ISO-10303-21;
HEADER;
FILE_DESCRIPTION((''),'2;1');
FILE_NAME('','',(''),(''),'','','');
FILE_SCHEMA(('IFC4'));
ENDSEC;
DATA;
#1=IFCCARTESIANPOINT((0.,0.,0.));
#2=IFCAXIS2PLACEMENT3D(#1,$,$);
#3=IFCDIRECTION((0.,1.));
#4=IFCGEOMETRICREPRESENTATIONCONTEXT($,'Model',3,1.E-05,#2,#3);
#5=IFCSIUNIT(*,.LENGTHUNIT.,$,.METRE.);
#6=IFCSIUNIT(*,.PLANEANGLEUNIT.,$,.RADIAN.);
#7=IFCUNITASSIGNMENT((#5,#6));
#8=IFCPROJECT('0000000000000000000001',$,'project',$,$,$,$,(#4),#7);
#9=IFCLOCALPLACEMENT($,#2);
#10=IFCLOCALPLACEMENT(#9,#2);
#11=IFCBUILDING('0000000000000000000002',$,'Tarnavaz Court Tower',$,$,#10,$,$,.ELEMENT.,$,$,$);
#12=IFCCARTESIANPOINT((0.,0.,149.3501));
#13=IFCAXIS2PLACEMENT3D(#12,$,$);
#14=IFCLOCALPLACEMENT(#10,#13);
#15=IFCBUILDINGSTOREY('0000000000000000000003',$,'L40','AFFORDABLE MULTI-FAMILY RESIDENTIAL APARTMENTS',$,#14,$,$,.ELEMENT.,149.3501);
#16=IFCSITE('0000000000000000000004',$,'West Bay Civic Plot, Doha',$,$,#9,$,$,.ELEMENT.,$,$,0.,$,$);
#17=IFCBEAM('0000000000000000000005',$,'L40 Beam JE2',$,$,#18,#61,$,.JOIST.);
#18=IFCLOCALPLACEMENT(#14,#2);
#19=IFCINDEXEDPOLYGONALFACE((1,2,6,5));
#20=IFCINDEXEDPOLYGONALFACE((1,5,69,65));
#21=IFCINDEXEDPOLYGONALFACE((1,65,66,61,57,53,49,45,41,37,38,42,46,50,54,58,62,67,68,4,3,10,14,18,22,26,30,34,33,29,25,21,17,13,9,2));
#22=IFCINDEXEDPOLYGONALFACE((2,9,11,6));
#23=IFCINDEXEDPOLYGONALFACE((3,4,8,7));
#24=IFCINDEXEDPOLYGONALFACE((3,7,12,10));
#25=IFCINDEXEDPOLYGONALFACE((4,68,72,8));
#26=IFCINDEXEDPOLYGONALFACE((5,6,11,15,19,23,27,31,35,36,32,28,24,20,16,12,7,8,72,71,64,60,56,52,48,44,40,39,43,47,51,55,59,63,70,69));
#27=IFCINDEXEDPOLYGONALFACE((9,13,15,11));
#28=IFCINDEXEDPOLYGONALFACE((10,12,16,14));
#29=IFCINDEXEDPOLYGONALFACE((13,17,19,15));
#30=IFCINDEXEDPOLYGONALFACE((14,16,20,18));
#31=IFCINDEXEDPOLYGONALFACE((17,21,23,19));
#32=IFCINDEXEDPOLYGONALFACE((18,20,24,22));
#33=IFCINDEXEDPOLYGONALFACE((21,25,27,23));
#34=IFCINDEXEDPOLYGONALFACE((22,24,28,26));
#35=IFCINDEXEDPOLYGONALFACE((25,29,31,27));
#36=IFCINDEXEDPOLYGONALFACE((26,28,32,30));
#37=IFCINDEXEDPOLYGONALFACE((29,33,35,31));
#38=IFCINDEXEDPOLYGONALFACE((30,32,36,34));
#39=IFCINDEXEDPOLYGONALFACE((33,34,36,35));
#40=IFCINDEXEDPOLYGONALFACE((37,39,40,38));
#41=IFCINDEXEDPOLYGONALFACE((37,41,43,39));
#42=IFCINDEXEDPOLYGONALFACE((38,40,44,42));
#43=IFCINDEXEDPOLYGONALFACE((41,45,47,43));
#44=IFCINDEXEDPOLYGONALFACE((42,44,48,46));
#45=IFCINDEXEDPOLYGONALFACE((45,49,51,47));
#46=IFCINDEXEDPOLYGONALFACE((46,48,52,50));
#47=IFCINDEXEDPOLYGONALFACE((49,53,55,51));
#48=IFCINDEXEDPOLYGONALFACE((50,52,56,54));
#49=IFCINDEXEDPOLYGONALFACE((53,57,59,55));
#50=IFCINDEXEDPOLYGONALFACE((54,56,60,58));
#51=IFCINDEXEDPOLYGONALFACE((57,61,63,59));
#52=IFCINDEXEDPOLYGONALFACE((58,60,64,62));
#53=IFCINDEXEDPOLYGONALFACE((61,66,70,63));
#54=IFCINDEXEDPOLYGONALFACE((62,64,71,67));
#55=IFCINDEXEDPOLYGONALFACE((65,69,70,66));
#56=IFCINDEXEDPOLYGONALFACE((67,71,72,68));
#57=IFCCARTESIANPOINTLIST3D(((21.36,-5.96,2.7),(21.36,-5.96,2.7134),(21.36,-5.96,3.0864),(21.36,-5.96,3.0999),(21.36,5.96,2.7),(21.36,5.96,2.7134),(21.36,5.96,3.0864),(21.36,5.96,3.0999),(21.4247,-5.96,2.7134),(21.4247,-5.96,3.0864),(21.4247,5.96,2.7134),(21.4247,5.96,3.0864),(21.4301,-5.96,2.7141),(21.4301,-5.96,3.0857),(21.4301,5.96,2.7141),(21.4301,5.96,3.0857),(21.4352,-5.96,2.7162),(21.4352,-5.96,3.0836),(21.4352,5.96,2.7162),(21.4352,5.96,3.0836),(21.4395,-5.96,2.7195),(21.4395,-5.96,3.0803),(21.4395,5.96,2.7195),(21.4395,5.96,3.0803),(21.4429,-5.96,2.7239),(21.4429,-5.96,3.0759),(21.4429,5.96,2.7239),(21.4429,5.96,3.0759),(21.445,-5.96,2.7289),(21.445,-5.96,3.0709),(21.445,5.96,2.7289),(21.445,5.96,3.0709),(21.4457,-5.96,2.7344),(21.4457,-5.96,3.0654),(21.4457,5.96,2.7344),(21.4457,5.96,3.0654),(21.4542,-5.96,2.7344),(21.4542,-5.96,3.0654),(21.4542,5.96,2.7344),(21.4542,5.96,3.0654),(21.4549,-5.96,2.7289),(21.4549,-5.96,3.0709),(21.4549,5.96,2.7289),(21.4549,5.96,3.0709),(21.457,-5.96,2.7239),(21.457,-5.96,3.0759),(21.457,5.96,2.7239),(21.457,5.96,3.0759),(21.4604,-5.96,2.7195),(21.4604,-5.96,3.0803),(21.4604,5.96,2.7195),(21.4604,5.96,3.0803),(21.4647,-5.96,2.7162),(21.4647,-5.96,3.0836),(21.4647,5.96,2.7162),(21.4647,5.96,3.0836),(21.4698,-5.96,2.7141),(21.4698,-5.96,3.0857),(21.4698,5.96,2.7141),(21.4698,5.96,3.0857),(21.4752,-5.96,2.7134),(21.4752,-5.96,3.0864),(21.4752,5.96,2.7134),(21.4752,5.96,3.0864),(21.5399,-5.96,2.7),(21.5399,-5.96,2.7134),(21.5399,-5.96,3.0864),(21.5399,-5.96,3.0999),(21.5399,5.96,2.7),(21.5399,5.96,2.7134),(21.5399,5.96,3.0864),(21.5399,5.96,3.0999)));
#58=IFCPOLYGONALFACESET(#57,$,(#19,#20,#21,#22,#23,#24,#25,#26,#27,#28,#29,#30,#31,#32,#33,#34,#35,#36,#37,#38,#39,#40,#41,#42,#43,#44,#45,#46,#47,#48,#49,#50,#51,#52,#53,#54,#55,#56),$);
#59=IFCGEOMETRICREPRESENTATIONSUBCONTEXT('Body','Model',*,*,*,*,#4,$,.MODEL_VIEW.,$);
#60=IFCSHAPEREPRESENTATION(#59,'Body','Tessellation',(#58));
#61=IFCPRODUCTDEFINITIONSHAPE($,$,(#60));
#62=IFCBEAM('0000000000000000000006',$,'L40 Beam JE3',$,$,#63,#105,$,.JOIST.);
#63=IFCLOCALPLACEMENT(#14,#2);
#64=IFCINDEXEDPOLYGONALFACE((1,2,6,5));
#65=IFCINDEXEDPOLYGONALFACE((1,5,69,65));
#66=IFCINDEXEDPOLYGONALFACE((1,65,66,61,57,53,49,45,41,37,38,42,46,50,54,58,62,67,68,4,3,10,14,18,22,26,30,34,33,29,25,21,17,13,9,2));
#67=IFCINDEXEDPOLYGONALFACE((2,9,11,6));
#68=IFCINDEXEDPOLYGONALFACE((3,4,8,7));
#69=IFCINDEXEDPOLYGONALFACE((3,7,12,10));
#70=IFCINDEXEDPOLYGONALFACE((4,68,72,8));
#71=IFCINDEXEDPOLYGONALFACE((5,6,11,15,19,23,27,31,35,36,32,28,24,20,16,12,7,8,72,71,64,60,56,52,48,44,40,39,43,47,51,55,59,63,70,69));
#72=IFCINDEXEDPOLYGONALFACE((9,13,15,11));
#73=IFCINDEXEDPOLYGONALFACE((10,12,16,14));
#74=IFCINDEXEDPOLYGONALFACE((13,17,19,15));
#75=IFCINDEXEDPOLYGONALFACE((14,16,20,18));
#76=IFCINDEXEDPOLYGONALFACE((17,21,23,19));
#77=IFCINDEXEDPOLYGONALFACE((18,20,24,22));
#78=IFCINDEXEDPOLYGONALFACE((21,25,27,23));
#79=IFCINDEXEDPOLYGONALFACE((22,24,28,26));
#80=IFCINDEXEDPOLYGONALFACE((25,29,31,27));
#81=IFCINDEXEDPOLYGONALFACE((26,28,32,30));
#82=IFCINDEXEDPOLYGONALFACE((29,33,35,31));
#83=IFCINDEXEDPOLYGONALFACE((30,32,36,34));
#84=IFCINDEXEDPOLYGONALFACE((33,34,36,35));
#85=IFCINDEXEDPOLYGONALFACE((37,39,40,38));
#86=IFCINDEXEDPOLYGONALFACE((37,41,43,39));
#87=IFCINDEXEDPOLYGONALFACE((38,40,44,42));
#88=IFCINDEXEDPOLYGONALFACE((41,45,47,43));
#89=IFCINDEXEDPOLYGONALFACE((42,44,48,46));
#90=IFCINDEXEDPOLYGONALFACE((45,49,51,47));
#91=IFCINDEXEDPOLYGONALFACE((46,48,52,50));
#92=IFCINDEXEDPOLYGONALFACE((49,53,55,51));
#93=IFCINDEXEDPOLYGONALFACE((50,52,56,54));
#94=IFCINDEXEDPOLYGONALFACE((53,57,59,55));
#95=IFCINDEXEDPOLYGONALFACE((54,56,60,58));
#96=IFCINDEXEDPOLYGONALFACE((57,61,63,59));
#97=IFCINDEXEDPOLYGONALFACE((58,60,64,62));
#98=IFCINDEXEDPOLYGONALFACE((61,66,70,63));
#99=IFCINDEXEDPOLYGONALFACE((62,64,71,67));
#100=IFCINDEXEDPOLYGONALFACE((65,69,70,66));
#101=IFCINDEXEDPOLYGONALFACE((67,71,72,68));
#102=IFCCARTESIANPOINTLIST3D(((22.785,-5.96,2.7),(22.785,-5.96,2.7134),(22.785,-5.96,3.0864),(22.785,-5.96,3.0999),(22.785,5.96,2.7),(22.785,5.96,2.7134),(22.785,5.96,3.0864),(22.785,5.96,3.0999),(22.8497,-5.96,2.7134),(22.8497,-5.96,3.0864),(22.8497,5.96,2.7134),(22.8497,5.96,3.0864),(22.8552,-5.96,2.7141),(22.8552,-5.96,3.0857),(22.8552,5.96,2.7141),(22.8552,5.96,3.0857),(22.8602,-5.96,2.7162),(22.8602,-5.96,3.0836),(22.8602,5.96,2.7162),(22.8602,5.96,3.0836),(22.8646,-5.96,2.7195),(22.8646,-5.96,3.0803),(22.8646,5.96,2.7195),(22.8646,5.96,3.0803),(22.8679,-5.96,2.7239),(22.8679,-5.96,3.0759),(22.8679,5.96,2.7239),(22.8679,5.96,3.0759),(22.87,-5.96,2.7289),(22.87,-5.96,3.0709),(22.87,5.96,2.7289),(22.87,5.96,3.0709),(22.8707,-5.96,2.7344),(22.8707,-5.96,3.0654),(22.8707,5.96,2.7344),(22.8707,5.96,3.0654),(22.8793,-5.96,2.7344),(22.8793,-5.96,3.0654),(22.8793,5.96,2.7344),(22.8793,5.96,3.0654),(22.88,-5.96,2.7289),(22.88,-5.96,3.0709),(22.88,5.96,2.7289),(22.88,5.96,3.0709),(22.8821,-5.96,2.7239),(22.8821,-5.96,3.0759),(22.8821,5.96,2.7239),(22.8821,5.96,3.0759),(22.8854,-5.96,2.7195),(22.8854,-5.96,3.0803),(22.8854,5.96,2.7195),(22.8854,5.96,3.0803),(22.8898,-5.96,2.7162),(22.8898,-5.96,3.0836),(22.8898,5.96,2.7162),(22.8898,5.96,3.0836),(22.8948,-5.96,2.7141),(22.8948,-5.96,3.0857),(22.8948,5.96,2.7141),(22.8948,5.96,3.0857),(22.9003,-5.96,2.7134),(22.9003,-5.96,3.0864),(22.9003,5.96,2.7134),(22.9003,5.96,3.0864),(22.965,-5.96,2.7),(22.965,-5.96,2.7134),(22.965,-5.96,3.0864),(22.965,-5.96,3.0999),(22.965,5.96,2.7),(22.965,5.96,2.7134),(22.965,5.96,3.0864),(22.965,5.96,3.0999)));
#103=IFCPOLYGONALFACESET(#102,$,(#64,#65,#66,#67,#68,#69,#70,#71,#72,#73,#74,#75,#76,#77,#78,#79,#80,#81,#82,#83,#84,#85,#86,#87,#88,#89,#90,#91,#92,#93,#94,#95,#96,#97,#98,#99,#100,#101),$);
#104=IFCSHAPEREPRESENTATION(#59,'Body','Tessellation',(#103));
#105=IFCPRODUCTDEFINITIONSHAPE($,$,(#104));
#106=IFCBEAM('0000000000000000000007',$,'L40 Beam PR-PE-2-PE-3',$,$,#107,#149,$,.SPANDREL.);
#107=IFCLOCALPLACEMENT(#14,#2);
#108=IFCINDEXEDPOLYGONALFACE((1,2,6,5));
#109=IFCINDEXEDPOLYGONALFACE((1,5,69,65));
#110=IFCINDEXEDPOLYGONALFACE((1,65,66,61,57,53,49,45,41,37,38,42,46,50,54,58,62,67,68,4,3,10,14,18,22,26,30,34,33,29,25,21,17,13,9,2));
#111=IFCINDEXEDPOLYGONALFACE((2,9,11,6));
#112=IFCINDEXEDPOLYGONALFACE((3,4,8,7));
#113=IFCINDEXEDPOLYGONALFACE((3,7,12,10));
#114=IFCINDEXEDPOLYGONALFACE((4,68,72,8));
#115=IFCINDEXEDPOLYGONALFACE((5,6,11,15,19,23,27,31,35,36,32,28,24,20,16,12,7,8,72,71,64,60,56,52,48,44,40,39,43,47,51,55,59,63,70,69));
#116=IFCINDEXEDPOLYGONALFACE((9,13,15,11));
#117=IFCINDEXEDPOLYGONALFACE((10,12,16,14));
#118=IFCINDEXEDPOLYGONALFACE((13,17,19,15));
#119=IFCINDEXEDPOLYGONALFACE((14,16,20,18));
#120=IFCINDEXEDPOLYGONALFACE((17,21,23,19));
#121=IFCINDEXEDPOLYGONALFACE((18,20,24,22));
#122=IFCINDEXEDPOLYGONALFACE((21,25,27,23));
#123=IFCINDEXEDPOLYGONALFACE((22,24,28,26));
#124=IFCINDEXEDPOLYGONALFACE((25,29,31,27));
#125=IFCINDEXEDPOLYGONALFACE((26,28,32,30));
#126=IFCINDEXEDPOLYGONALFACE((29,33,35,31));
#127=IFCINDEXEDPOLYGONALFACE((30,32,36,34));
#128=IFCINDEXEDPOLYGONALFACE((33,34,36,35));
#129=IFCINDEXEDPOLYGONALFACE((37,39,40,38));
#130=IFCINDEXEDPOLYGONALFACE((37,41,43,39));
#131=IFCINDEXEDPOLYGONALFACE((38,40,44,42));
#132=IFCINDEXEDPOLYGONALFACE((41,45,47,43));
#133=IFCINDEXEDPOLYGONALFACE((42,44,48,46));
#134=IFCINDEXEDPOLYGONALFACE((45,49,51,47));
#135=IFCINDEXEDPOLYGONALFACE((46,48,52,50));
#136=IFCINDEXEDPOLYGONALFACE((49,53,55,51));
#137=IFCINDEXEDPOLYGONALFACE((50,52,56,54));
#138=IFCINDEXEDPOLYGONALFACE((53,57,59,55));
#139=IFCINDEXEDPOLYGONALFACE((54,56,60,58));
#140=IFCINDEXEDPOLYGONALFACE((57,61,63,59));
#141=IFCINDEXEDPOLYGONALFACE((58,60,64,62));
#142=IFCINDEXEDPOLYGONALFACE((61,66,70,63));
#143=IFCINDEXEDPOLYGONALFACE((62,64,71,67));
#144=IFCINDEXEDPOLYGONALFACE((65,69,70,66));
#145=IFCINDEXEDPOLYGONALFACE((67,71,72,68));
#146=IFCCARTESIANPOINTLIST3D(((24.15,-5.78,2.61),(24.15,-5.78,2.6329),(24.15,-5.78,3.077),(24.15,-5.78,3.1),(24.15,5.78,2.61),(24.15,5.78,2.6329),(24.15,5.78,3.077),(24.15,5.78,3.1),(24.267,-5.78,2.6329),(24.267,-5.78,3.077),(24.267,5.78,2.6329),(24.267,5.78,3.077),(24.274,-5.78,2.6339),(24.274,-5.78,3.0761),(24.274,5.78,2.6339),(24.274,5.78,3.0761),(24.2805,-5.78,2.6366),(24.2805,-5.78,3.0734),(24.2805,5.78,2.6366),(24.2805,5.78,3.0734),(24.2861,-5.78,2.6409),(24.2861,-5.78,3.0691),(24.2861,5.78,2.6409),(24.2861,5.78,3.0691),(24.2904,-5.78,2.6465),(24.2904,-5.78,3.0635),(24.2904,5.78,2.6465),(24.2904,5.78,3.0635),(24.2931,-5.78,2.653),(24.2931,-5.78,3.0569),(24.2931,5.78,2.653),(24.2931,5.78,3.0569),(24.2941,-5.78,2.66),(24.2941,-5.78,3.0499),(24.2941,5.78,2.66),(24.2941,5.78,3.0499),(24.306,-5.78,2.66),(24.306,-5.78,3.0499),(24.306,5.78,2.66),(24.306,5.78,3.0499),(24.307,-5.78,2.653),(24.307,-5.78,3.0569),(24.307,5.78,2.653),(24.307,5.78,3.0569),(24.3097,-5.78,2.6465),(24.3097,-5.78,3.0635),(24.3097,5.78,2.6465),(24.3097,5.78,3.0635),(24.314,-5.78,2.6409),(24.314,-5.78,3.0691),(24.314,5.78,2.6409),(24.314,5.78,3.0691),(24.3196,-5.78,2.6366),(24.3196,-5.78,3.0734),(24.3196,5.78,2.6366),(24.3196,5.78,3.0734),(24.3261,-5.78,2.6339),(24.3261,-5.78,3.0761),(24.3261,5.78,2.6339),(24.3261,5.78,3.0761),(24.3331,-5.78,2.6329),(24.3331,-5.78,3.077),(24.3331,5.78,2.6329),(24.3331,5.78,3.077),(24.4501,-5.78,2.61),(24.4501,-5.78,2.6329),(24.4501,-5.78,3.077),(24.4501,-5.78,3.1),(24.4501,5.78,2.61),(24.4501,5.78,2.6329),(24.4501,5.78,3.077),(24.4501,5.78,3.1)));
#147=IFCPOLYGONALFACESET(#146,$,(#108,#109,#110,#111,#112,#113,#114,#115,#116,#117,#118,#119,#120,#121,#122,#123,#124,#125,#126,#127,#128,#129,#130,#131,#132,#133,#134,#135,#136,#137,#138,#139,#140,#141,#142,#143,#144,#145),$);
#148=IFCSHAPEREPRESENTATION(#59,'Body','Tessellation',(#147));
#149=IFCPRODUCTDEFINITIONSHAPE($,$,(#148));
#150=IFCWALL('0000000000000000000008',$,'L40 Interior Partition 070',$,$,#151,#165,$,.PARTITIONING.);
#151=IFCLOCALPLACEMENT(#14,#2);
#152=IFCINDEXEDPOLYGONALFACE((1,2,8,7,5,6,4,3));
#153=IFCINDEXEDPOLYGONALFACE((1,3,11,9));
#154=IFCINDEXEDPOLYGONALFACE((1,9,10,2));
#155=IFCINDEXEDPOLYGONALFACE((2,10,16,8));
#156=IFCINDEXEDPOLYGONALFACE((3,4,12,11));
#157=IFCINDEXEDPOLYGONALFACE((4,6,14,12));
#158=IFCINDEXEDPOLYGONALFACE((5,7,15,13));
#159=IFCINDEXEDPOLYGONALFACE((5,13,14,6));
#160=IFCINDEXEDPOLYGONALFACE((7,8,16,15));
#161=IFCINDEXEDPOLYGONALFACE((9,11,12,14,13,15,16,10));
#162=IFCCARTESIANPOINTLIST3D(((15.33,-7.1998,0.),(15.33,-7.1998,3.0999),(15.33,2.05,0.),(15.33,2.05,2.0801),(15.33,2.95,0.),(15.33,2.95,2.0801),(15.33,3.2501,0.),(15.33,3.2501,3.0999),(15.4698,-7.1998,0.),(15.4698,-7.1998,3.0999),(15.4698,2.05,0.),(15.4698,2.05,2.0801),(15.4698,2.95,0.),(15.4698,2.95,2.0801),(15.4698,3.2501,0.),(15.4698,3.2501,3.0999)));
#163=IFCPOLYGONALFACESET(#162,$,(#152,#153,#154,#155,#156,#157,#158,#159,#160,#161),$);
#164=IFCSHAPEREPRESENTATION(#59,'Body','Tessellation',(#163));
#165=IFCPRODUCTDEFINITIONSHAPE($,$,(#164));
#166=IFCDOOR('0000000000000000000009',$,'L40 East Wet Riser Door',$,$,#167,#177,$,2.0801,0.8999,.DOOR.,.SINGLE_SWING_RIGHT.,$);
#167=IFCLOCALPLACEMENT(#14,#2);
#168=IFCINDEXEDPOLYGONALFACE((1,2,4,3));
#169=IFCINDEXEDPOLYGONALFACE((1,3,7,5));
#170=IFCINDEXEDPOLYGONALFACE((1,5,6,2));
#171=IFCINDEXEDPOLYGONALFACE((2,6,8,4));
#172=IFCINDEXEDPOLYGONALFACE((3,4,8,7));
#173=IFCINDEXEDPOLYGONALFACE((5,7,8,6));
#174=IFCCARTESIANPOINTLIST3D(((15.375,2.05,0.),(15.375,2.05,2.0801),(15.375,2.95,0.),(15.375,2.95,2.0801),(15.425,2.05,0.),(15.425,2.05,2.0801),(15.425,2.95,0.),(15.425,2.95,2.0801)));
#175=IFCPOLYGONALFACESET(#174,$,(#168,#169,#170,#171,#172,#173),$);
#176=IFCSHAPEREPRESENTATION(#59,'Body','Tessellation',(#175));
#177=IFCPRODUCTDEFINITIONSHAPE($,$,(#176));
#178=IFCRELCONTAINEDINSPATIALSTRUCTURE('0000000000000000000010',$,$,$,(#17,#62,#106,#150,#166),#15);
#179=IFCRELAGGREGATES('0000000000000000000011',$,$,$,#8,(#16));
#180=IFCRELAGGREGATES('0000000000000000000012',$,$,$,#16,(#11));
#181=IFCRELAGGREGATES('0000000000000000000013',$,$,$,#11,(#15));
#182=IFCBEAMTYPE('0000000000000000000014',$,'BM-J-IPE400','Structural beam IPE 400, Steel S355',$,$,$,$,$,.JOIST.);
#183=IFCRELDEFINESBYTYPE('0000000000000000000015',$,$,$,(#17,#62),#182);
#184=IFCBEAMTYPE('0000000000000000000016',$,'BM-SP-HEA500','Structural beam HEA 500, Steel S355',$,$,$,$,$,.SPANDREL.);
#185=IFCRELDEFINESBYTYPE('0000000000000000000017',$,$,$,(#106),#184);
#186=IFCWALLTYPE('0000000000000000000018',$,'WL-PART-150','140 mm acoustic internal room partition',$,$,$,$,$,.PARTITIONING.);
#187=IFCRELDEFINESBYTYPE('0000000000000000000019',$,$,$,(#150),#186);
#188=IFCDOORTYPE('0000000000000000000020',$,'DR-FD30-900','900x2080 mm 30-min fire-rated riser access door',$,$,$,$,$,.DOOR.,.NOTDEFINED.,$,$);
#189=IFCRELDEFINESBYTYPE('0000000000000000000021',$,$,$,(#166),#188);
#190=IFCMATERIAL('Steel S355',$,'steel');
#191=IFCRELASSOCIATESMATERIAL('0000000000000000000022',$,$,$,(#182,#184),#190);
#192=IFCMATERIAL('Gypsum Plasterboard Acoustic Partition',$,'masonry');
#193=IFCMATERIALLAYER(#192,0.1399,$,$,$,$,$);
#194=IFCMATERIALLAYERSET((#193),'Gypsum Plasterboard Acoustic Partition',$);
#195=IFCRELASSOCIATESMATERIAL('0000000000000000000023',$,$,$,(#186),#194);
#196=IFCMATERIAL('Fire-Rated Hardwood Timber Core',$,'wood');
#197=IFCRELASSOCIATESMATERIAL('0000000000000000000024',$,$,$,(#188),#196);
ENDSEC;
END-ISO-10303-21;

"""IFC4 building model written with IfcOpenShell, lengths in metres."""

from ifc_helpers import new_model, si_unit, direction, frame, frame_2d, origin, origin_2d, place, context, subcontext, project, spatial, rectangle, i_section, extrude, material, layer, layer_set, material_profile, profile_set, type_object, element, fill, save


model = new_model("IFC4")

# Units and contexts
model_context = context("Model", 3, precision=1e-05, world=origin(), true_north=direction((0.0, 1.0)))
body_context = subcontext(model_context, "Body", "Model", "MODEL_VIEW")
ifc_project = project(units=[si_unit("LENGTHUNIT", "METRE"), si_unit("PLANEANGLEUNIT", "RADIAN")], contexts=[model_context])

# Site, building, storey
site_placement = place(None, origin())
site = spatial("IfcSite", under=ifc_project, at=site_placement, Name="West Bay Civic Plot, Doha", CompositionType="ELEMENT", RefElevation=0.0)
building_placement = place(site_placement, origin())
building = spatial("IfcBuilding", under=site, at=building_placement, Name="Tarnavaz Court Tower", CompositionType="ELEMENT")
storey_placement = place(building_placement, frame((0.0, 0.0, 149.3501)))
storey = spatial("IfcBuildingStorey", under=building, at=storey_placement, Name="L40", Description="AFFORDABLE MULTI-FAMILY RESIDENTIAL APARTMENTS", CompositionType="ELEMENT", Elevation=149.3501)

# Beams
ifc_material_1 = material(Name="Steel S355", Category="steel")
ifc_material_profile_1 = material_profile(ifc_material_1, i_section(OverallWidth=0.1799, OverallDepth=0.3999, WebThickness=0.0085, FlangeThickness=0.0134, FilletRadius=0.021, at=origin_2d()), Name="IPE 400")
ifc_profile_set_1 = profile_set([ifc_material_profile_1], Name="Steel S355")
beam_type_1 = type_object("IfcBeamType", Name="BM-J-IPE400", Description="Structural beam IPE 400, Steel S355", PredefinedType="JOIST", material=ifc_profile_set_1)
for number, where, z_axis, x_axis, name in (
    (1, (21.45, -5.96, 2.8999), (0.0, 1.0, 0.0), (-1.0, 0.0, 0.0), "L40 Beam JE2"),
    (2, (22.875, -5.96, 2.8999), (0.0, 1.0, 0.0), (-1.0, 0.0, 0.0), "L40 Beam JE3"),
):
    element("IfcBeam", number, at=place(storey_placement, frame(where, z_axis=z_axis, x_axis=x_axis)), inside=storey, type_object=beam_type_1, Name=name, PredefinedType="JOIST", context=body_context, shape_type="SweptSolid", body=[
        extrude(i_section(OverallWidth=0.1799, OverallDepth=0.3999, WebThickness=0.0085, FlangeThickness=0.0134, FilletRadius=0.021, at=origin_2d()), origin(), (0.0, 0.0, 1.0), 11.9199),
    ])
ifc_material_profile_2 = material_profile(ifc_material_1, i_section(OverallWidth=0.3, OverallDepth=0.49, WebThickness=0.012, FlangeThickness=0.0229, FilletRadius=0.0271, at=origin_2d()), Name="HEA 500")
ifc_profile_set_2 = profile_set([ifc_material_profile_2], Name="Steel S355")
beam_type_2 = type_object("IfcBeamType", Name="BM-SP-HEA500", Description="Structural beam HEA 500, Steel S355", PredefinedType="SPANDREL", material=ifc_profile_set_2)
beam_1_placement = place(storey_placement, frame((24.3, -5.78, 2.855), z_axis=(0.0, 1.0, 0.0), x_axis=(-1.0, 0.0, 0.0)))
element("IfcBeam", 3, at=beam_1_placement, inside=storey, type_object=beam_type_2, Name="L40 Beam PR-PE-2-PE-3", PredefinedType="SPANDREL", context=body_context, shape_type="SweptSolid", body=[
    extrude(i_section(OverallWidth=0.3, OverallDepth=0.49, WebThickness=0.012, FlangeThickness=0.0229, FilletRadius=0.0271, at=origin_2d()), origin(), (0.0, 0.0, 1.0), 11.5601),
])

# Wall, opening, door
ifc_material_2 = material(Name="Gypsum Plasterboard Acoustic Partition", Category="masonry")
ifc_layer_1 = layer(ifc_material_2, 0.1399)
ifc_layer_set_1 = layer_set([ifc_layer_1], Name="Gypsum Plasterboard Acoustic Partition")
wall_type_1 = type_object("IfcWallType", Name="WL-PART-150", Description="140 mm acoustic internal room partition", PredefinedType="PARTITIONING", material=ifc_layer_set_1)
wall_1_placement = place(storey_placement, frame((15.3999, -7.2, 0.0), z_axis=(0.0, 0.0, 1.0), x_axis=(0.0, 1.0, 0.0)))
wall_1 = element("IfcWall", 4, at=wall_1_placement, inside=storey, type_object=wall_type_1, Name="L40 Interior Partition 070", PredefinedType="PARTITIONING", context=body_context, shape_type="SweptSolid", body=[
    extrude(rectangle(XDim=10.45, YDim=0.1399, at=frame_2d((5.2251, 0.0))), origin(), (0.0, 0.0, 1.0), 3.0999),
])
opening_1_placement = place(wall_1_placement, frame((9.25, 0.0, 0.0)))
opening_1 = element("IfcOpeningElement", 5, at=opening_1_placement, cuts=wall_1, PredefinedType="OPENING", context=body_context, shape_type="SweptSolid", body=[
    extrude(rectangle(XDim=0.8999, YDim=2.0801, at=frame_2d((0.45, 1.04))), frame((0.0, 0.0798, 0.0), z_axis=(0.0, -1.0, 0.0), x_axis=(1.0, 0.0, 0.0)), (0.0, 0.0, 1.0), 0.1599),
])
ifc_material_3 = material(Name="Fire-Rated Hardwood Timber Core", Category="wood")
door_type = type_object("IfcDoorType", Name="DR-FD30-900", Description="900x2080 mm 30-min fire-rated riser access door", OperationType="NOTDEFINED", PredefinedType="DOOR", material=ifc_material_3)
door_1_placement = place(opening_1_placement, origin())
door_1 = element("IfcDoor", 6, at=door_1_placement, inside=storey, type_object=door_type, Name="L40 East Wet Riser Door", OperationType="SINGLE_SWING_RIGHT", OverallHeight=2.0801, OverallWidth=0.8999, PredefinedType="DOOR", context=body_context, shape_type="SweptSolid", body=[
    extrude(rectangle(XDim=0.8999, YDim=2.0801, at=frame_2d((0.45, 1.04))), frame((0.0, 0.0249, 0.0), z_axis=(0.0, -1.0, 0.0), x_axis=(1.0, 0.0, 0.0)), (0.0, 0.0, 1.0), 0.05),
])
fill(opening_1, door_1)

save(model, "model.ifc")
